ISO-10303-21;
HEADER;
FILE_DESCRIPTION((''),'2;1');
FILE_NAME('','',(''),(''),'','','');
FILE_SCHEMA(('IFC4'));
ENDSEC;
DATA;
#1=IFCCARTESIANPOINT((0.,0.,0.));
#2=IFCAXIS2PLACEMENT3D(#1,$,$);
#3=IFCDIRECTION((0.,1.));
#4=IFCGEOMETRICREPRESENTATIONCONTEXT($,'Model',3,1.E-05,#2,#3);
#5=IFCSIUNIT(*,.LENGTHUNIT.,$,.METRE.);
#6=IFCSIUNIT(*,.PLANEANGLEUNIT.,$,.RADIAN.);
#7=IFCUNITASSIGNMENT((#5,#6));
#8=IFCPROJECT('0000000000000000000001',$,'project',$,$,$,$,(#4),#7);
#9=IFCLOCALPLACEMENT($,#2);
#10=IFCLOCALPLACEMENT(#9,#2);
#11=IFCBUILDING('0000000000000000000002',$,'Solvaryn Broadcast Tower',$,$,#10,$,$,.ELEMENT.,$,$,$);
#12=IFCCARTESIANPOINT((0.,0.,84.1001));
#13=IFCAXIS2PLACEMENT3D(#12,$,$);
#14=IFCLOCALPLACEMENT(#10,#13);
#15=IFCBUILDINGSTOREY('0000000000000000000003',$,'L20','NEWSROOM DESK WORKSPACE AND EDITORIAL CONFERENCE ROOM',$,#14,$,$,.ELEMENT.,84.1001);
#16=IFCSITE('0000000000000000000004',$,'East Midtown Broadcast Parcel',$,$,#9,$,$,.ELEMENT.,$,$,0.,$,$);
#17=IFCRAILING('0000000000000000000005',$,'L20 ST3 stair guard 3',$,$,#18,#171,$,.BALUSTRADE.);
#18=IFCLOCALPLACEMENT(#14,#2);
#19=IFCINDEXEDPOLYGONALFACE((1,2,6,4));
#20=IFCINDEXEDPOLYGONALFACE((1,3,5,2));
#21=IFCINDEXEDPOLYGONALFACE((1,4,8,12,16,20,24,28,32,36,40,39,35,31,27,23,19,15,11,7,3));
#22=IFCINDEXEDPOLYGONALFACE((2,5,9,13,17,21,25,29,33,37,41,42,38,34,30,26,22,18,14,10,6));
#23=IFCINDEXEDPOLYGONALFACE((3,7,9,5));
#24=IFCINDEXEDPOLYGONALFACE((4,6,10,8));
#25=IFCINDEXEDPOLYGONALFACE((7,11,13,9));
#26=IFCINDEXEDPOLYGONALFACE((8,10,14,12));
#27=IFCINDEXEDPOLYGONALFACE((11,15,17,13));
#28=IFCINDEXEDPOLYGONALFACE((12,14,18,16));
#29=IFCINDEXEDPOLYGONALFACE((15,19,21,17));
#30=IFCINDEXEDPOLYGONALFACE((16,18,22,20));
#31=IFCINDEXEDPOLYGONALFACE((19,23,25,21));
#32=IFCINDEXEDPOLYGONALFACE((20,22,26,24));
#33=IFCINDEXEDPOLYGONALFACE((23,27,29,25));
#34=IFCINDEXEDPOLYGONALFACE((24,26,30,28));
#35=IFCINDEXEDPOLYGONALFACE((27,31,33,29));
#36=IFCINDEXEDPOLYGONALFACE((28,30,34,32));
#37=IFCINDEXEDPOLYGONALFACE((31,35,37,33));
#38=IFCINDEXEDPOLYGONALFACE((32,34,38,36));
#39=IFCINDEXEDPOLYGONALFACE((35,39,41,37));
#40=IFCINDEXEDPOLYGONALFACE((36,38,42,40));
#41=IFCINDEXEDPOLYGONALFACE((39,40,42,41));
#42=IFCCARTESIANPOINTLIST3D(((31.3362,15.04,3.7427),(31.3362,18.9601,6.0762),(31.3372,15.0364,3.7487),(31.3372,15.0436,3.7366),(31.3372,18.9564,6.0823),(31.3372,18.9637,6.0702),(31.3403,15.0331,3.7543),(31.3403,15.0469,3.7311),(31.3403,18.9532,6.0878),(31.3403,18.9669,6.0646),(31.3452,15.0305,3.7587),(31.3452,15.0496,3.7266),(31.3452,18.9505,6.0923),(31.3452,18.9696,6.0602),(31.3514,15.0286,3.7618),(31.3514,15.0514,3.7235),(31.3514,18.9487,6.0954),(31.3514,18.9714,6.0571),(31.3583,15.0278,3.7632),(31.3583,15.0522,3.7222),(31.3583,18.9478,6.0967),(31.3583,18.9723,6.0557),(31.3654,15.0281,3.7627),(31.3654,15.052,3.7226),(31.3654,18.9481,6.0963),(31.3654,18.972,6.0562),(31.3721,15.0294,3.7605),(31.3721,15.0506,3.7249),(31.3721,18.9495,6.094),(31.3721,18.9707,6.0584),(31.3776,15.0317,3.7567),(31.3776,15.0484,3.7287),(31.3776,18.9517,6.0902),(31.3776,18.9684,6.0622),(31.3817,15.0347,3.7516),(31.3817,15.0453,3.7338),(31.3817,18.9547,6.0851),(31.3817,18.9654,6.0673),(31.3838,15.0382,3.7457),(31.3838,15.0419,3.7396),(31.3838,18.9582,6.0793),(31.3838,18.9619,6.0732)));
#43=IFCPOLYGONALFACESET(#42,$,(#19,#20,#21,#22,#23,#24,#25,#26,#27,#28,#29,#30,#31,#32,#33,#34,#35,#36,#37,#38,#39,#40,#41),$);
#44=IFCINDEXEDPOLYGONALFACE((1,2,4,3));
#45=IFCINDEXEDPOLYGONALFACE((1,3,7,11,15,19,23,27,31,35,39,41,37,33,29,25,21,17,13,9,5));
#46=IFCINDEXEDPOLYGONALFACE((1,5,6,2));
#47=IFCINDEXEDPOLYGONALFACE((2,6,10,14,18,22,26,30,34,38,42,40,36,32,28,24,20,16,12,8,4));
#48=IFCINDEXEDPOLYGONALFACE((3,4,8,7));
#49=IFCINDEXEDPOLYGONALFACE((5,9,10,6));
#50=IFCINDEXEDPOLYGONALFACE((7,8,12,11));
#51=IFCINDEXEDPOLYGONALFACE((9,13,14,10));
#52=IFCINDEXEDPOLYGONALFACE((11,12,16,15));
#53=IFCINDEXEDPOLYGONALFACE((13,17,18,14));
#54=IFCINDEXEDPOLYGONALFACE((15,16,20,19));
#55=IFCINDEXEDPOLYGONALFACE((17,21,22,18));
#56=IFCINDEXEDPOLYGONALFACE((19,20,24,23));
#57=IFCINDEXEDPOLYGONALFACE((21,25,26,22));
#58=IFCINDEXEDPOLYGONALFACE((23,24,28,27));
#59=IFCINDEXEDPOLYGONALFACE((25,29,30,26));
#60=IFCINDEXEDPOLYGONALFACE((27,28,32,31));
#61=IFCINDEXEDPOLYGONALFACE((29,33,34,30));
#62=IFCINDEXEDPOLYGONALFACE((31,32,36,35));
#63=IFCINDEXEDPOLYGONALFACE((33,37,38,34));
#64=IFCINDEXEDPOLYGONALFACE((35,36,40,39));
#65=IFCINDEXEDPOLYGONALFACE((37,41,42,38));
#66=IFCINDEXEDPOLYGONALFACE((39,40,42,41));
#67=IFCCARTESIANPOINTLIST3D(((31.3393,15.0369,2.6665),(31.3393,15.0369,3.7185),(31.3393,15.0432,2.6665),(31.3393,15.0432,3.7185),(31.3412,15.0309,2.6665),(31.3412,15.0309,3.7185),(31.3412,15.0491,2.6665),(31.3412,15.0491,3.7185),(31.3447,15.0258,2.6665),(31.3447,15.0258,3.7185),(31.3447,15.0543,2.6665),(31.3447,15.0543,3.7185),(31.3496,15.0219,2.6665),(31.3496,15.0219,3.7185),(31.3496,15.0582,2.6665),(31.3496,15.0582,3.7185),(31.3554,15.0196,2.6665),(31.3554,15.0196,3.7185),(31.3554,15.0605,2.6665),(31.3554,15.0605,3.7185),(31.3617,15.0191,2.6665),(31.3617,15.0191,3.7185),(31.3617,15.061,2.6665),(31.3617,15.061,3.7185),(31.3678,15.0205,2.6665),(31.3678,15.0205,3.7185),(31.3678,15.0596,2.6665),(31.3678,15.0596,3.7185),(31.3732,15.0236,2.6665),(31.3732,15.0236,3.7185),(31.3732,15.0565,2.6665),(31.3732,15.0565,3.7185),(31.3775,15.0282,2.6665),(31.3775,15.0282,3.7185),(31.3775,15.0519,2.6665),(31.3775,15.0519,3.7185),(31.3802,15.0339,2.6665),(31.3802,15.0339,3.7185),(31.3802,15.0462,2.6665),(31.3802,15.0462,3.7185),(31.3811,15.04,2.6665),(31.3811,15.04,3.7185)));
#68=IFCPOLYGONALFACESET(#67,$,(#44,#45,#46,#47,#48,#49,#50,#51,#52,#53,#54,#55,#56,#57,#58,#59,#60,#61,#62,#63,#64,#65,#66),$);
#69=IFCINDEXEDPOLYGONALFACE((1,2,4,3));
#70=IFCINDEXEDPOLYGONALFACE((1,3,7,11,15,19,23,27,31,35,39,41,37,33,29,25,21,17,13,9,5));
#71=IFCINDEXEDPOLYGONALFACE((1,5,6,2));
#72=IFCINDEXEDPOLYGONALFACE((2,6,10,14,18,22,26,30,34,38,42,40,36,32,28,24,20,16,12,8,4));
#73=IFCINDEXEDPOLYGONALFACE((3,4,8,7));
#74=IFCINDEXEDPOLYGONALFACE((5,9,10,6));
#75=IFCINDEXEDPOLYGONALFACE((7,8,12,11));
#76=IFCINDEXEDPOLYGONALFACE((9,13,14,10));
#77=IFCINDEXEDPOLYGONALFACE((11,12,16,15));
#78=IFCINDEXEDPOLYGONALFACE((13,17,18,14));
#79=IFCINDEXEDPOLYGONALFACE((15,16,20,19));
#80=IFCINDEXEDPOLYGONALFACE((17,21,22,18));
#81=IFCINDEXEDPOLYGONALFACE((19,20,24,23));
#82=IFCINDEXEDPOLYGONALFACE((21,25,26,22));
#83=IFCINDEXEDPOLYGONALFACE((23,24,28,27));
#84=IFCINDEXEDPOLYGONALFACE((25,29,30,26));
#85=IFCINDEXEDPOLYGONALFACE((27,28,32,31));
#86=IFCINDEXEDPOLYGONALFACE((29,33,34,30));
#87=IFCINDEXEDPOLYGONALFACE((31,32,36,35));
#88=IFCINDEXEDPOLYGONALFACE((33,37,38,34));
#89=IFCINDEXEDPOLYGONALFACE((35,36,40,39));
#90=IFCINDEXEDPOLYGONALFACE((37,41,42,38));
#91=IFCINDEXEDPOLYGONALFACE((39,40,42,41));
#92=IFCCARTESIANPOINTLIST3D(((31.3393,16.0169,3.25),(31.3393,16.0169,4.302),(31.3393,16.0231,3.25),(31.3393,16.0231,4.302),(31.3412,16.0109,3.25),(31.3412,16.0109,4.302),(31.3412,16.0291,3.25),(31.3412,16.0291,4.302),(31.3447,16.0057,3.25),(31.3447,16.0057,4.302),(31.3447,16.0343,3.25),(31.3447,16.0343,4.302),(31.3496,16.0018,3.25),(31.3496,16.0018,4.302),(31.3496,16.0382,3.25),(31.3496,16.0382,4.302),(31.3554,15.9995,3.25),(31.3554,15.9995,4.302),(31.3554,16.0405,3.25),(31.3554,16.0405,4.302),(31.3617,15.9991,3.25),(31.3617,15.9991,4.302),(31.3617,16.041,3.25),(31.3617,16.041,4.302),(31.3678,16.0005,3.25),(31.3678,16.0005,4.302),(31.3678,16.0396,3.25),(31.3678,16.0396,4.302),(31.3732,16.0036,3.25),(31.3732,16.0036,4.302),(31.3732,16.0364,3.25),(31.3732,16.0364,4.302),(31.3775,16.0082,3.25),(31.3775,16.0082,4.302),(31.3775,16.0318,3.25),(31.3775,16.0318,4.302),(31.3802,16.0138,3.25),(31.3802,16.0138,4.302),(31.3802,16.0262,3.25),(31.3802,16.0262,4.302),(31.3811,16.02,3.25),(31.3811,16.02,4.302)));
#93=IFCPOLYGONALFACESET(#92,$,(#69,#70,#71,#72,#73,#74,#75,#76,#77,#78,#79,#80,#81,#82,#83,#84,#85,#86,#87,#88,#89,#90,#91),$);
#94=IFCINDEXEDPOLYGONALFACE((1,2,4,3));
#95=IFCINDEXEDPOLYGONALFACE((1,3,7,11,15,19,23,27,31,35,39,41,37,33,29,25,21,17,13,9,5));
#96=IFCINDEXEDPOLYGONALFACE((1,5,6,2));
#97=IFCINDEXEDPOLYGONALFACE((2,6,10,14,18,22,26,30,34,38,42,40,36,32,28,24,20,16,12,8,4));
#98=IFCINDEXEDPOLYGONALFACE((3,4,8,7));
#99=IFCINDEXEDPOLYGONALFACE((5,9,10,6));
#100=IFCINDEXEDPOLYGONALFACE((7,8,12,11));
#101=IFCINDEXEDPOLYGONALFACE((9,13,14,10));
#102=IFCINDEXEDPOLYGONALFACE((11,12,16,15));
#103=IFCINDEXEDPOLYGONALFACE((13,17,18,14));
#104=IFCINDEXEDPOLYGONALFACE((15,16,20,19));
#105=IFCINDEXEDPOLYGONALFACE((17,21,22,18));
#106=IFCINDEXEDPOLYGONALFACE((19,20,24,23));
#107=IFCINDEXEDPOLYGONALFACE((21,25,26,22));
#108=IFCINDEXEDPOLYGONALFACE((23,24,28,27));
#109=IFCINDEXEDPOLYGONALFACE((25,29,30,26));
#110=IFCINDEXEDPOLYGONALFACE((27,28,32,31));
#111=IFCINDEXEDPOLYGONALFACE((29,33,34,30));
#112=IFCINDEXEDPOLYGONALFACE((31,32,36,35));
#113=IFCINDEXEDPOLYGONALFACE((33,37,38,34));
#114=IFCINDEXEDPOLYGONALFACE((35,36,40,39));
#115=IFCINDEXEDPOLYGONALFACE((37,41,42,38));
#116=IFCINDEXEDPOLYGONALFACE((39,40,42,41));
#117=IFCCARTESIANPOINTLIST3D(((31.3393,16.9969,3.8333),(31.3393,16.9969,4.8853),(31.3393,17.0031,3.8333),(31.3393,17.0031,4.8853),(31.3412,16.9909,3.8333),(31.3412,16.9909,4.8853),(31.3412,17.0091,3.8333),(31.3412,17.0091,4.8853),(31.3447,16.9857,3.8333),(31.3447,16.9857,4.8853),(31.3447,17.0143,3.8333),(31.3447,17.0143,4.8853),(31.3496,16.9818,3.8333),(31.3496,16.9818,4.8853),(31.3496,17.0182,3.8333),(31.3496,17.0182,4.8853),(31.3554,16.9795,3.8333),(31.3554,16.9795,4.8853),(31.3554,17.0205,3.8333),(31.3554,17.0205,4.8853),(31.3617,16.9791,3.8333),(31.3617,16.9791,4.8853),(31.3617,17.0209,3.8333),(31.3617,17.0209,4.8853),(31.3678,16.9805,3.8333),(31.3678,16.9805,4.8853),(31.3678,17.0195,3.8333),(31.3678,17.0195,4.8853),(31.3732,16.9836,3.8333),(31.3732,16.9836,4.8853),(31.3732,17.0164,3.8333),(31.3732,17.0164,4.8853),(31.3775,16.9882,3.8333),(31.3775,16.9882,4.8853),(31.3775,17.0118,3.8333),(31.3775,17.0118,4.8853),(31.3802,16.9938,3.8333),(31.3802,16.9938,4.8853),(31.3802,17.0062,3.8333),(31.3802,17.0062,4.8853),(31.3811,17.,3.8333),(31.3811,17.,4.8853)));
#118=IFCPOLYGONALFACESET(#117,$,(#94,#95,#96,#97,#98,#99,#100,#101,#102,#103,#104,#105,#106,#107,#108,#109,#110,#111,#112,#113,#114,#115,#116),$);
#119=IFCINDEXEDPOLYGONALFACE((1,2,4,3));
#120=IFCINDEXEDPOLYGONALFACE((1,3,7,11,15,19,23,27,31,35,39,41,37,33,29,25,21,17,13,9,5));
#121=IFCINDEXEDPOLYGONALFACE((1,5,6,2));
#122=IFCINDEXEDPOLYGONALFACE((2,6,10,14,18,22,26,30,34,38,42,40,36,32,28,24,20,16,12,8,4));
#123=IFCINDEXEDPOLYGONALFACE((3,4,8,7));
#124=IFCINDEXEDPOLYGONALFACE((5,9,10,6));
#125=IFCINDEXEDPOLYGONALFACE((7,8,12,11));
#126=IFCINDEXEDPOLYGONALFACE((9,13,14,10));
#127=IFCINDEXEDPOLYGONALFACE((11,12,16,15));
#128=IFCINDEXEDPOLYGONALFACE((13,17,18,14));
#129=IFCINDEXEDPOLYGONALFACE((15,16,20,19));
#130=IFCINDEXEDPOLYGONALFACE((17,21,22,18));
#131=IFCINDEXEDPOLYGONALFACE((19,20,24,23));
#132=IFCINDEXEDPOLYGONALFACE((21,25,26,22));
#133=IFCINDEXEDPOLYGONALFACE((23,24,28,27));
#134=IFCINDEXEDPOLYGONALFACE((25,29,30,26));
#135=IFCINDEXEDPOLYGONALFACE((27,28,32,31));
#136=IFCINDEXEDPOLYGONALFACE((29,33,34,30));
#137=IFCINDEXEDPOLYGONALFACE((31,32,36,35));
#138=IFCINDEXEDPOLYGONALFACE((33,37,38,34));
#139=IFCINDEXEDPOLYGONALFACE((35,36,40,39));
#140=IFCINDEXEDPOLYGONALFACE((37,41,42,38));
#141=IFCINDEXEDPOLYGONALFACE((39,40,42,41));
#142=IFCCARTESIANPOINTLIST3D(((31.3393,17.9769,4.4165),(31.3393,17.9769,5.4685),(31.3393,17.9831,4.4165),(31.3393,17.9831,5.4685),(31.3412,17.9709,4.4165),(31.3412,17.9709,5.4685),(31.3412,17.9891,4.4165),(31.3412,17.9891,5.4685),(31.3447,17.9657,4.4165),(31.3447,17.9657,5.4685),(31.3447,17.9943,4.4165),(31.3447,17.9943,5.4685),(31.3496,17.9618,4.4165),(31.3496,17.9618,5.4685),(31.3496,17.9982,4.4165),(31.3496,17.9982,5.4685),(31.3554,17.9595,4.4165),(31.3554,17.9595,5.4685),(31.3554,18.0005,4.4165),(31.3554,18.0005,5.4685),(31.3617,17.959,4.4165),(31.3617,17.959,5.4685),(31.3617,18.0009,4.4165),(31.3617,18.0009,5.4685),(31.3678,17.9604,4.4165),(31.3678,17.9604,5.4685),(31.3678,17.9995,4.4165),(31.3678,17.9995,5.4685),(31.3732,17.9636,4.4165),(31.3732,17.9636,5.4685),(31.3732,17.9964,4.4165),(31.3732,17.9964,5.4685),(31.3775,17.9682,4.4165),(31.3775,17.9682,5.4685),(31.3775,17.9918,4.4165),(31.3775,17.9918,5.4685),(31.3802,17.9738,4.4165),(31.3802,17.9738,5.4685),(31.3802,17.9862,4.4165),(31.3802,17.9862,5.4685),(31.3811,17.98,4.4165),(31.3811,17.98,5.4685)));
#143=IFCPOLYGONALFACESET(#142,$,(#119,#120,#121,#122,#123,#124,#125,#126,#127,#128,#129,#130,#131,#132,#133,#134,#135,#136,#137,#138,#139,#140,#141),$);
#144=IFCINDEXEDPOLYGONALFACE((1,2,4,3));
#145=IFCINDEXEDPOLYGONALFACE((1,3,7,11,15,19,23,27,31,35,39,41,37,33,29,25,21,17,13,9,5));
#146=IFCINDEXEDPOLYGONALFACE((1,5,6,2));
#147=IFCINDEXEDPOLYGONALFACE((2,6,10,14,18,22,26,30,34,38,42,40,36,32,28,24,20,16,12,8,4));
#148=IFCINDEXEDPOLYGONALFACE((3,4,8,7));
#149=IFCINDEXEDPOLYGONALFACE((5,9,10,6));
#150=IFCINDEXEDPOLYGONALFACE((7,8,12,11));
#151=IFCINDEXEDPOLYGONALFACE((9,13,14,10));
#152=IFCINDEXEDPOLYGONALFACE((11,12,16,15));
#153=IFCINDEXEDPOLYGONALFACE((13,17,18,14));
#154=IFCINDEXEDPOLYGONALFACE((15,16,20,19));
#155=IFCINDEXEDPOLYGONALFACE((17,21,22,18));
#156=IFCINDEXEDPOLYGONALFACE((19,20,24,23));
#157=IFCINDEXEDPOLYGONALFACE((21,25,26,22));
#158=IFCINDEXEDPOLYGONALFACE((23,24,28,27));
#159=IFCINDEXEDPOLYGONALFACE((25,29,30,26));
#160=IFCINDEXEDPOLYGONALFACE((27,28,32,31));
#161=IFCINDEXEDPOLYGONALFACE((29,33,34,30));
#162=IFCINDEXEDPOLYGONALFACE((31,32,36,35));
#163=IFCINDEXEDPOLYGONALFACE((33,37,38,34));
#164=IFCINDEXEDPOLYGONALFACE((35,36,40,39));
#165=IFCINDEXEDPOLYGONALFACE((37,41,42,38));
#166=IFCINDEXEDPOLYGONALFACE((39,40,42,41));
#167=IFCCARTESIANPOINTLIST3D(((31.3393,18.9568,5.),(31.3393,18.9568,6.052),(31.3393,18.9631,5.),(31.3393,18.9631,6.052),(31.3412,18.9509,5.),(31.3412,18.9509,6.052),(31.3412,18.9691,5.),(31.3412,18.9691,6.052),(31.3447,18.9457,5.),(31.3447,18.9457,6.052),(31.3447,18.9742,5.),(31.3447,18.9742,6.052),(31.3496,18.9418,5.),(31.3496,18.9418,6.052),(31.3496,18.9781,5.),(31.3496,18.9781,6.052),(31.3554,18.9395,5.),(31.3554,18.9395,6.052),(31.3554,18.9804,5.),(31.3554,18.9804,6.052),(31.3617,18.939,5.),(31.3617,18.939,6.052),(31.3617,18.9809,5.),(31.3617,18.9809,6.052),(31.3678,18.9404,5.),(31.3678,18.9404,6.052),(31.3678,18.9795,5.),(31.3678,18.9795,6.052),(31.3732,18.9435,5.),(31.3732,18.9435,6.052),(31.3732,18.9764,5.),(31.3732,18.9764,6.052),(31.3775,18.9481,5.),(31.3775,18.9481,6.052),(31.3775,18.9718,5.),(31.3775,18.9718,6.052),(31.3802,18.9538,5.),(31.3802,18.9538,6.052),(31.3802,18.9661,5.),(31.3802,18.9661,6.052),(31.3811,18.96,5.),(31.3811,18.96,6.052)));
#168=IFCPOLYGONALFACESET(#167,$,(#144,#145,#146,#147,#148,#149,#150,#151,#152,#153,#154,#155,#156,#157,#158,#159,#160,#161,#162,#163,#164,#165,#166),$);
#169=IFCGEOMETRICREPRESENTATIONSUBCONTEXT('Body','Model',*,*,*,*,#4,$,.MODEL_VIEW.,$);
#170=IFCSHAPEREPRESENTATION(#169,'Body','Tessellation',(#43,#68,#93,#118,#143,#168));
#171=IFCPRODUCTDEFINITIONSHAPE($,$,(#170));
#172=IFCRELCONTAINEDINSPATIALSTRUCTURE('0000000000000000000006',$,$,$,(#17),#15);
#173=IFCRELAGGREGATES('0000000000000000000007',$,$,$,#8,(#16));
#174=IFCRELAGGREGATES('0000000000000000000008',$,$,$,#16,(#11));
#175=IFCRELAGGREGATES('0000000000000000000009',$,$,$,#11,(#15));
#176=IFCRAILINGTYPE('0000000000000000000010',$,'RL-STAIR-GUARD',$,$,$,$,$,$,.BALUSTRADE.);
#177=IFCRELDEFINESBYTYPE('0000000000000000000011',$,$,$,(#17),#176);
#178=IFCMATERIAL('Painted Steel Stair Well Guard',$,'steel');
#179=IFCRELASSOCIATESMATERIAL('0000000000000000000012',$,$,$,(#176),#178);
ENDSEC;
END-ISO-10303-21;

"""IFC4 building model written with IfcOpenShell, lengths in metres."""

from ifc_helpers import new_model, si_unit, direction, frame, origin, origin_2d, place, context, subcontext, project, spatial, circle, extrude, material, type_object, element, save


model = new_model("IFC4")

# Units and contexts
model_context = context("Model", 3, precision=1e-05, world=origin(), true_north=direction((0.0, 1.0)))
body_context = subcontext(model_context, "Body", "Model", "MODEL_VIEW")
ifc_project = project(units=[si_unit("LENGTHUNIT", "METRE"), si_unit("PLANEANGLEUNIT", "RADIAN")], contexts=[model_context])

# Site, building, storey
site_placement = place(None, origin())
site = spatial("IfcSite", under=ifc_project, at=site_placement, Name="East Midtown Broadcast Parcel", CompositionType="ELEMENT", RefElevation=0.0)
building_placement = place(site_placement, origin())
building = spatial("IfcBuilding", under=site, at=building_placement, Name="Solvaryn Broadcast Tower", CompositionType="ELEMENT")
storey_placement = place(building_placement, frame((0.0, 0.0, 84.1001)))
storey = spatial("IfcBuildingStorey", under=building, at=storey_placement, Name="L20", Description="NEWSROOM DESK WORKSPACE AND EDITORIAL CONFERENCE ROOM", CompositionType="ELEMENT", Elevation=84.1001)

# Railing
ifc_material_1 = material(Name="Painted Steel Stair Well Guard", Category="steel")
railing_type_1 = type_object("IfcRailingType", Name="RL-STAIR-GUARD", PredefinedType="BALUSTRADE", material=ifc_material_1)
railing_1_placement = place(storey_placement, frame((31.3601, 15.04, 2.6665)))
element("IfcRailing", 1, at=railing_1_placement, inside=storey, type_object=railing_type_1, Name="L20 ST3 stair guard 3", PredefinedType="BALUSTRADE", context=body_context, shape_type="SweptSolid", body=[
    extrude(circle(Radius=0.0239, at=origin_2d()), frame((0.0, 0.0, 1.0762), z_axis=(0.0, 0.859273, 0.511518), x_axis=(-1.0, 0.0, 0.0)), (0.0, 0.0, 1.0), 4.562),
    extrude(circle(Radius=0.021, at=origin_2d()), origin(), (0.0, 0.0, 1.0), 1.052),
    extrude(circle(Radius=0.021, at=origin_2d()), frame((0.0, 0.98, 0.5835)), (0.0, 0.0, 1.0), 1.052),
    extrude(circle(Radius=0.021, at=origin_2d()), frame((0.0, 1.96, 1.1667)), (0.0, 0.0, 1.0), 1.052),
    extrude(circle(Radius=0.021, at=origin_2d()), frame((0.0, 2.9399, 1.75)), (0.0, 0.0, 1.0), 1.052),
    extrude(circle(Radius=0.021, at=origin_2d()), frame((0.0, 3.9199, 2.3335)), (0.0, 0.0, 1.0), 1.052),
])

save(model, "model.ifc")
